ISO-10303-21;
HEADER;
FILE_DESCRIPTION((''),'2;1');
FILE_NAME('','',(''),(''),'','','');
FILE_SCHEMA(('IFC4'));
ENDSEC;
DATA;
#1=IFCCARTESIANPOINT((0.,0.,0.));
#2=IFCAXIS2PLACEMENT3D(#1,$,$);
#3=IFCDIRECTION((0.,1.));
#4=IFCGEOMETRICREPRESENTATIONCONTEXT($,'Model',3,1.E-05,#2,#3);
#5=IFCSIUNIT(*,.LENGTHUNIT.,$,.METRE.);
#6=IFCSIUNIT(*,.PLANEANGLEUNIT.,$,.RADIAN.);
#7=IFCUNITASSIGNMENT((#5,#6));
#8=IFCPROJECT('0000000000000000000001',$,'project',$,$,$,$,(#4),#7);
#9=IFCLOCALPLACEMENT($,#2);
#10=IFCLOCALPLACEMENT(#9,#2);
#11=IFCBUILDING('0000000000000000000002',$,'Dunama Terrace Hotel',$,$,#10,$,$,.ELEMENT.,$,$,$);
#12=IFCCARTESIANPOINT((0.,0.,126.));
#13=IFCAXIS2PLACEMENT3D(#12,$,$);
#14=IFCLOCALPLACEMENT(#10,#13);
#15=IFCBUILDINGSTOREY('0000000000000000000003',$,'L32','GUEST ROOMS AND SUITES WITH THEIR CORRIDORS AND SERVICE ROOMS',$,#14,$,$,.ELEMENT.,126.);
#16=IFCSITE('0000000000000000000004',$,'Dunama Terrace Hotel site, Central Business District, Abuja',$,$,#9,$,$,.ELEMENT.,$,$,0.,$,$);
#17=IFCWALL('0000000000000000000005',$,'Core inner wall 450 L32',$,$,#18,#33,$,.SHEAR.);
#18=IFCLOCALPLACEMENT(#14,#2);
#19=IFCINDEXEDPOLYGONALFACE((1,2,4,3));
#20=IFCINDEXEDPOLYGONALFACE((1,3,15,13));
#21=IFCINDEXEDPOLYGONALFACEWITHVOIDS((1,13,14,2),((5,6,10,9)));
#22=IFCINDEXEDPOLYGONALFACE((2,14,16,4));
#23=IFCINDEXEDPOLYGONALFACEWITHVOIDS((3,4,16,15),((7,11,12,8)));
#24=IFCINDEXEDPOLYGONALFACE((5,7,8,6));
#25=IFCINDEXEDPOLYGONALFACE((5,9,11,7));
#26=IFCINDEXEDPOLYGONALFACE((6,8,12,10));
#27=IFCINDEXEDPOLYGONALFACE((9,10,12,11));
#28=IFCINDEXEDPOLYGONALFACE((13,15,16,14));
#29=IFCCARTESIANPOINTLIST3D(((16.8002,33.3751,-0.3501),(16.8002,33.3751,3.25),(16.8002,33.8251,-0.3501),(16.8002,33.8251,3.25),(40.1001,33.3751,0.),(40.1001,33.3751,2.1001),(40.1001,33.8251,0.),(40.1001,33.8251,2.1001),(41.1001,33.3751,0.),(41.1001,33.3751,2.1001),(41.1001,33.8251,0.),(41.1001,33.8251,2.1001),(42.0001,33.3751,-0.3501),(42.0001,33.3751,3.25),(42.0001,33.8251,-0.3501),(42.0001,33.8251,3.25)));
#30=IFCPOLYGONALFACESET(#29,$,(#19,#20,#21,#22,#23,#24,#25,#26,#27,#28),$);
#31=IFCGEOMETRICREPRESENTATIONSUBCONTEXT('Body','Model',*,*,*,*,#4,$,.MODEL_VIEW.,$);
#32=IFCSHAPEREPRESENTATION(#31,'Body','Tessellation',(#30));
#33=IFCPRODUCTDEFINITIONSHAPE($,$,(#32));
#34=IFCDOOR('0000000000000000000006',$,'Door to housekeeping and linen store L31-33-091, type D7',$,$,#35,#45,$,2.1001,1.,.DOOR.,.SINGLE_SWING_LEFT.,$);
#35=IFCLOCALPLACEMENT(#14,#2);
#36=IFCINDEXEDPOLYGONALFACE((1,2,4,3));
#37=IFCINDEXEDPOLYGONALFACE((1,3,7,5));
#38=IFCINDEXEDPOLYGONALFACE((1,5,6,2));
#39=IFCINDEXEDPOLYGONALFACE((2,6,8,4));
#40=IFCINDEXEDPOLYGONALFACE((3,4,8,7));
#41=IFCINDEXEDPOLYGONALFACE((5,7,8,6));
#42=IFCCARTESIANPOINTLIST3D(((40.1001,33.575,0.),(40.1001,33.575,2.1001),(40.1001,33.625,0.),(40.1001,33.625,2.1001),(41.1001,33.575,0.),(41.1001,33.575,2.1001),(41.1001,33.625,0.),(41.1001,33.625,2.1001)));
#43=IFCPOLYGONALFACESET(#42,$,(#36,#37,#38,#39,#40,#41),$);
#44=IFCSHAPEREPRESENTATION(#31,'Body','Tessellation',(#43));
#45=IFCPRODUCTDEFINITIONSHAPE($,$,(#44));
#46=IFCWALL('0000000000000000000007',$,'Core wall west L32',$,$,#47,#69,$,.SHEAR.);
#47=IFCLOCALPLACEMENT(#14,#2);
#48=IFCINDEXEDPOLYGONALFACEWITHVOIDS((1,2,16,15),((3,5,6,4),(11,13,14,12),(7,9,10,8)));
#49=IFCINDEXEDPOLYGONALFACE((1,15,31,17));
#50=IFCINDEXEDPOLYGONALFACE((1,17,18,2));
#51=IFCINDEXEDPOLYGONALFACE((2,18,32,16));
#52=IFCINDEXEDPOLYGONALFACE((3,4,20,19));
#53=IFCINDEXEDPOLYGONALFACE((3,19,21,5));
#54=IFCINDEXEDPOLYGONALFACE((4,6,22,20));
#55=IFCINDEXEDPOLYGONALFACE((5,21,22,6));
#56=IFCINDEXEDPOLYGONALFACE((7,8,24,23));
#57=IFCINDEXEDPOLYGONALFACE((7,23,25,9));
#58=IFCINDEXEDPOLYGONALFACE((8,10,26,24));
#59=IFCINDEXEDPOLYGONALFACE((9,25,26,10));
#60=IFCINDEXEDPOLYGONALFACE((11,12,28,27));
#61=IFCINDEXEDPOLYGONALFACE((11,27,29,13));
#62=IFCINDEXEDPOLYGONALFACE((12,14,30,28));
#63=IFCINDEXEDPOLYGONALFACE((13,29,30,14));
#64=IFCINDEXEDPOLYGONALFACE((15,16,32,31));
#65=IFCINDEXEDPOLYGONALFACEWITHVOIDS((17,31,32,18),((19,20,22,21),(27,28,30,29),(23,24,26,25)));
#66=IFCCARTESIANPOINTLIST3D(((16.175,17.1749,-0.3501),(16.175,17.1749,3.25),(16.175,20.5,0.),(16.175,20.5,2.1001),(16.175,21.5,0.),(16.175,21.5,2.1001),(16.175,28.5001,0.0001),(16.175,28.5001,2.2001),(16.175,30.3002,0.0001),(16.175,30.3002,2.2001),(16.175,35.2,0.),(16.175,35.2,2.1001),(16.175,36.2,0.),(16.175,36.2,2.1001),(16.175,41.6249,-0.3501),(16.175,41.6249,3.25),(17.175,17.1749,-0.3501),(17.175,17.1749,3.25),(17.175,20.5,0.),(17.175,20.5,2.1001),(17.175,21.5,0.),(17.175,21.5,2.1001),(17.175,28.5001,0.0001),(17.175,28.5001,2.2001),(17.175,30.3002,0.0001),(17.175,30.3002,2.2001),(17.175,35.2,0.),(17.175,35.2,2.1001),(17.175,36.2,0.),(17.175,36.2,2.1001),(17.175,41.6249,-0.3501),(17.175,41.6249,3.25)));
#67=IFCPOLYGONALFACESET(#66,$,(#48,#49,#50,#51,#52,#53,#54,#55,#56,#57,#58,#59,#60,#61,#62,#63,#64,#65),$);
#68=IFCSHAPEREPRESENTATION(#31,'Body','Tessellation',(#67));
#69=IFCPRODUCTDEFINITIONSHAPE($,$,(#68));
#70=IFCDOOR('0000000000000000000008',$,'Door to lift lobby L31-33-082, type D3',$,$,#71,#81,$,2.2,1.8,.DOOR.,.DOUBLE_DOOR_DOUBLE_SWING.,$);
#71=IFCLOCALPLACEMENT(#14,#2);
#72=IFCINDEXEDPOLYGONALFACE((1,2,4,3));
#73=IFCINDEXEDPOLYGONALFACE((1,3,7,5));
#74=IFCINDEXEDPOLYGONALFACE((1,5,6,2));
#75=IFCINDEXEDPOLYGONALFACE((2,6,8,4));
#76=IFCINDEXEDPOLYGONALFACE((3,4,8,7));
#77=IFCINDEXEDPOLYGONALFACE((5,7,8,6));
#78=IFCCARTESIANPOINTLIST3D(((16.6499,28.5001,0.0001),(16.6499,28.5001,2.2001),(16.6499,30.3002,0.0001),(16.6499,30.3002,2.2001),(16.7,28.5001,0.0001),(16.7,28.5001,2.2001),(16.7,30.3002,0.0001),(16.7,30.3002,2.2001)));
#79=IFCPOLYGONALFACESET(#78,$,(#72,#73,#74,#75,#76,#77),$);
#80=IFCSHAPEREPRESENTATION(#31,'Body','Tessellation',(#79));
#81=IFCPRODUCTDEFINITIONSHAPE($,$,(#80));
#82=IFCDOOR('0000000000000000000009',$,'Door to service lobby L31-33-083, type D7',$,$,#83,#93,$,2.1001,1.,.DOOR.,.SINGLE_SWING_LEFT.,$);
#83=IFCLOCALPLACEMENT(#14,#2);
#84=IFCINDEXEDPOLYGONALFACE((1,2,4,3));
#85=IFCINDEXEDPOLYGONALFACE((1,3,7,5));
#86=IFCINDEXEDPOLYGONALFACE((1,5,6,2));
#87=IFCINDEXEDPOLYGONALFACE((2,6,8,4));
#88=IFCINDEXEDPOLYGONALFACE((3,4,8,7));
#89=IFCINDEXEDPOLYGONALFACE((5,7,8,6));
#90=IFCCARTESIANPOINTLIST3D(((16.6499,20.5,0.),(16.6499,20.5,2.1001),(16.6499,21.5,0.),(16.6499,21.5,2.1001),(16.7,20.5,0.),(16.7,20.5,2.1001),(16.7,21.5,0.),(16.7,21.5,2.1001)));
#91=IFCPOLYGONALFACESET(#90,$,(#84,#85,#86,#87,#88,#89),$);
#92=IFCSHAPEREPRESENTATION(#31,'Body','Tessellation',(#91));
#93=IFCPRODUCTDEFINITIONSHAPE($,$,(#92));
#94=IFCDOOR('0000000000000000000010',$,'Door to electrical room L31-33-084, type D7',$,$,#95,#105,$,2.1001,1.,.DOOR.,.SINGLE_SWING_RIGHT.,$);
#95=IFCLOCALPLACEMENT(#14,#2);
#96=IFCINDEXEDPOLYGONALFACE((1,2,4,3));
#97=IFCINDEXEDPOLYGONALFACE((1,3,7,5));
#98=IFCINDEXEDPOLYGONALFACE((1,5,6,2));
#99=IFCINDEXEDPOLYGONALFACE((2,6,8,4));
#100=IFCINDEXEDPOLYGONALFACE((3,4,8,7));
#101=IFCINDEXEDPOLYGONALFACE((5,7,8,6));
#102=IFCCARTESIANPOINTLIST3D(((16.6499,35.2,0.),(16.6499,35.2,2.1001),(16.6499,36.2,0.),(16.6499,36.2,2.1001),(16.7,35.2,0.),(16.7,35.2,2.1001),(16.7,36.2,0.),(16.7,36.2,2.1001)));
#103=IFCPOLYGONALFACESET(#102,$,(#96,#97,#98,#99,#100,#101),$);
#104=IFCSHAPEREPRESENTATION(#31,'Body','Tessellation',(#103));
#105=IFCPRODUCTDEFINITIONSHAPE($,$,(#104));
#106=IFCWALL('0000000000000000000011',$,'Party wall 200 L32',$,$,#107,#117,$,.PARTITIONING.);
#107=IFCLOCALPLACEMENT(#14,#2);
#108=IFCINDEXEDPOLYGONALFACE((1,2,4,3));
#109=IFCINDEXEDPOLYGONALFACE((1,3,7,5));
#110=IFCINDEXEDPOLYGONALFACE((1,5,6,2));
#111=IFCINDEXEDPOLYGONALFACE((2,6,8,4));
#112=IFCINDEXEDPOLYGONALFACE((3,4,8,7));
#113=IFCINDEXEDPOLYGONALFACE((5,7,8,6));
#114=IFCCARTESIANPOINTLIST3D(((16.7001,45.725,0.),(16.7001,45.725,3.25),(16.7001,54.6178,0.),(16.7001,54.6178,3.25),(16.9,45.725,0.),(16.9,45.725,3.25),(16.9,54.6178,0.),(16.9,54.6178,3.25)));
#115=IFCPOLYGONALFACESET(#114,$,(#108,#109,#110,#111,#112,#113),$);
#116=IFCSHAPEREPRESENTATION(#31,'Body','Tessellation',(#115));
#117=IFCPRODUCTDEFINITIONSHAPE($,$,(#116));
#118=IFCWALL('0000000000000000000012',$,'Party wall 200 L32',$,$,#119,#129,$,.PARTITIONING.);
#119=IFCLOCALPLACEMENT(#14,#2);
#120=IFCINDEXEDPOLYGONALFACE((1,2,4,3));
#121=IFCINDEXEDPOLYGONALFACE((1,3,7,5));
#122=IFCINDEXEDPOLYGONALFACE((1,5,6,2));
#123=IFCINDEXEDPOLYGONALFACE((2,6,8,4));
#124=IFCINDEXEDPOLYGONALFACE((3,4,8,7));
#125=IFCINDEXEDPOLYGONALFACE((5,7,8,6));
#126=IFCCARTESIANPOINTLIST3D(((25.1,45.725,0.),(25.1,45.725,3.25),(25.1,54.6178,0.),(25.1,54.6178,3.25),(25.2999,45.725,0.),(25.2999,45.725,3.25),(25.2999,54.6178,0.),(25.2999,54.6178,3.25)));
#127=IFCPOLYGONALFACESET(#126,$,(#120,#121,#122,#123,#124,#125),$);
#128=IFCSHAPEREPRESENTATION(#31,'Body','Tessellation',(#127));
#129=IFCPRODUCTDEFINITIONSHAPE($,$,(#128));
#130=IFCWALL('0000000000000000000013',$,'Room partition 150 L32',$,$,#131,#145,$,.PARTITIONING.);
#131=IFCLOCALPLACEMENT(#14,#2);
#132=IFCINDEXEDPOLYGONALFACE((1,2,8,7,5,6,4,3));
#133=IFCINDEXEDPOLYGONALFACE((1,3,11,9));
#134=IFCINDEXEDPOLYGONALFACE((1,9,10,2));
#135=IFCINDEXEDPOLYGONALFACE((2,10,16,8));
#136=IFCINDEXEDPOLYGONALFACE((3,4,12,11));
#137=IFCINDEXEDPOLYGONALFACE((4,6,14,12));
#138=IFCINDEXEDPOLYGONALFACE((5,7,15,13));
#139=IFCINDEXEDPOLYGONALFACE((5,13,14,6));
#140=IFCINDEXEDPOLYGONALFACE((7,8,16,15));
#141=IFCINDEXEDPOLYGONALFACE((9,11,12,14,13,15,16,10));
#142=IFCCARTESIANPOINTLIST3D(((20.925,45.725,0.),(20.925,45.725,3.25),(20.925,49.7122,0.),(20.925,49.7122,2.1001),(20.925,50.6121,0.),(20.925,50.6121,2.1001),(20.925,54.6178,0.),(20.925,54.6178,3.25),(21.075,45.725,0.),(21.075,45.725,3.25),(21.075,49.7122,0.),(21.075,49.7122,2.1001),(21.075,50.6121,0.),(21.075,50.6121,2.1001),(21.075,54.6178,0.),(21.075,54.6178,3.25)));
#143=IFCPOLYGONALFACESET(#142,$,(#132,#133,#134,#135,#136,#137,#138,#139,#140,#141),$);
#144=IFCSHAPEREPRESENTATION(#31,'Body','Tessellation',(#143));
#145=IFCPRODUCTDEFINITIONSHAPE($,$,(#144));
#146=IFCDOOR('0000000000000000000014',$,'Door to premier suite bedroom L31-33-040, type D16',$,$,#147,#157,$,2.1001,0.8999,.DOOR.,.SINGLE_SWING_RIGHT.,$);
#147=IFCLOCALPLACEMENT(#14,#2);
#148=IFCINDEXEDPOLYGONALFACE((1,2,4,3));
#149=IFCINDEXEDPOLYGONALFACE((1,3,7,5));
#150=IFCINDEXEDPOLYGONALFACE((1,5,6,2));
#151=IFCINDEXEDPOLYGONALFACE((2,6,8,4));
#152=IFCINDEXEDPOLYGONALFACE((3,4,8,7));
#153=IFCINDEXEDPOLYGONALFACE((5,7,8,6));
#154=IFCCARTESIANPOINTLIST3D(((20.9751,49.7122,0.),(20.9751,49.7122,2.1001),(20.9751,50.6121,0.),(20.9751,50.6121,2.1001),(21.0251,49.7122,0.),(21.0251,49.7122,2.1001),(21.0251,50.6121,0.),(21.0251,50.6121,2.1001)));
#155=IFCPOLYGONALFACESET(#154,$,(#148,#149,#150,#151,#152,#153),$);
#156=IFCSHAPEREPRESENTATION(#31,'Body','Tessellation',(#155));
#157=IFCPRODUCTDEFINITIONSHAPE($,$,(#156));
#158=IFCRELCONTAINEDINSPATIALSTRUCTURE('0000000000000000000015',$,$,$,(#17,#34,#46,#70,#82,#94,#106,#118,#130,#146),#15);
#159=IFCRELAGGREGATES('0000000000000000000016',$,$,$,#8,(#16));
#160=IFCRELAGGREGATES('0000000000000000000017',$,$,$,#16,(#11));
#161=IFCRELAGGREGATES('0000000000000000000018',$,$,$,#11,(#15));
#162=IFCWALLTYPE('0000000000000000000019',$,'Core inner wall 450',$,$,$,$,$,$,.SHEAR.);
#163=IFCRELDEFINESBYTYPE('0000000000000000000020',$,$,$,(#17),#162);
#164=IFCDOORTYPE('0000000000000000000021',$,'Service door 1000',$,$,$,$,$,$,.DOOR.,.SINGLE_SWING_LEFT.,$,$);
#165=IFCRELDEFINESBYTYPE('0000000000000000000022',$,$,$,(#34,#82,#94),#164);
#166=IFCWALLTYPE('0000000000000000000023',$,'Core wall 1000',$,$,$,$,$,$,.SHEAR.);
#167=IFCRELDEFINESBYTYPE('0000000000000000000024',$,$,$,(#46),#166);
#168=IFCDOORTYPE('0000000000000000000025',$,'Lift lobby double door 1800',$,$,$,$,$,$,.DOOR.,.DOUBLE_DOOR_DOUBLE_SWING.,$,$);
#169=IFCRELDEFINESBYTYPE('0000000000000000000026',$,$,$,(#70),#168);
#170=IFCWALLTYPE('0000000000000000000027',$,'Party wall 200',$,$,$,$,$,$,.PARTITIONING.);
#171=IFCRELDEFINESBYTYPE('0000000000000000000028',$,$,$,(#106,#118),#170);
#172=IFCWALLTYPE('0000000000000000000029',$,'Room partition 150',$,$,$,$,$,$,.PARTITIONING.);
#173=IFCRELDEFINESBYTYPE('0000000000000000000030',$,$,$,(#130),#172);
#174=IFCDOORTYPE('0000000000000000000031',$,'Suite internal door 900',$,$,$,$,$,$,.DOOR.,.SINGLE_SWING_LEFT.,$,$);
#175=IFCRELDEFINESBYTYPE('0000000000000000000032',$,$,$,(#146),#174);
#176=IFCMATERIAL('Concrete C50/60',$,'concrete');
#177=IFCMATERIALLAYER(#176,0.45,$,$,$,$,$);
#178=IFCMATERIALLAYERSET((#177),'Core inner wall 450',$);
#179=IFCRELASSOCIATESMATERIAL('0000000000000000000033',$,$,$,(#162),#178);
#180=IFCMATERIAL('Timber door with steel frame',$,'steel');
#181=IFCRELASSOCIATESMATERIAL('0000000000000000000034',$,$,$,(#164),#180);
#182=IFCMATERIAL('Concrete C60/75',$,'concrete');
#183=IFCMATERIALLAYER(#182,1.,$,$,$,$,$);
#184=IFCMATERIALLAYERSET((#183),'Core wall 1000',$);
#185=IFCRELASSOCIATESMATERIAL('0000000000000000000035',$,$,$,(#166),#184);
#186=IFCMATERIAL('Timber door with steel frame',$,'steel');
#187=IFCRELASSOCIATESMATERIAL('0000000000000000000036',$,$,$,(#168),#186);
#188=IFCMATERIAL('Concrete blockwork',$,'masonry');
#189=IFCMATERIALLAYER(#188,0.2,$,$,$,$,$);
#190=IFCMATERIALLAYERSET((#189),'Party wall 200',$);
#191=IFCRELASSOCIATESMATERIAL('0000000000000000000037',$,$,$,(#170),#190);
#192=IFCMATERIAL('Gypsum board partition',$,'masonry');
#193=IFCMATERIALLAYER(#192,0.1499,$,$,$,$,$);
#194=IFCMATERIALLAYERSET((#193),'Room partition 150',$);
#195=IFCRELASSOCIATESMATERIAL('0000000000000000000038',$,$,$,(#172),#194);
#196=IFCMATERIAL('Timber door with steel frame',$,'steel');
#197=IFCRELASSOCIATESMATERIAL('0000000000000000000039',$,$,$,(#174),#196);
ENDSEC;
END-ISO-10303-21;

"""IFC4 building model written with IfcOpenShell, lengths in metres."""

from ifc_helpers import new_model, si_unit, direction, frame, frame_2d, origin, place, context, subcontext, project, spatial, rectangle, extrude, material, layer, layer_set, type_object, element, fill, save


model = new_model("IFC4")

# Units and contexts
model_context = context("Model", 3, precision=1e-05, world=origin(), true_north=direction((0.0, 1.0)))
body_context = subcontext(model_context, "Body", "Model", "MODEL_VIEW")
ifc_project = project(units=[si_unit("LENGTHUNIT", "METRE"), si_unit("PLANEANGLEUNIT", "RADIAN")], contexts=[model_context])

# Site, building, storey
site_placement = place(None, origin())
site = spatial("IfcSite", under=ifc_project, at=site_placement, Name="Dunama Terrace Hotel site, Central Business District, Abuja", CompositionType="ELEMENT", RefElevation=0.0)
building_placement = place(site_placement, origin())
building = spatial("IfcBuilding", under=site, at=building_placement, Name="Dunama Terrace Hotel", CompositionType="ELEMENT")
storey_placement = place(building_placement, frame((0.0, 0.0, 126.0)))
storey = spatial("IfcBuildingStorey", under=building, at=storey_placement, Name="L32", Description="GUEST ROOMS AND SUITES WITH THEIR CORRIDORS AND SERVICE ROOMS", CompositionType="ELEMENT", Elevation=126.0)

# Shared definitions
ifc_material_1 = material(Name="Concrete C50/60", Category="concrete")
ifc_layer_1 = layer(ifc_material_1, 0.45)
ifc_layer_set_1 = layer_set([ifc_layer_1], Name="Core inner wall 450")
wall_type_1 = type_object("IfcWallType", Name="Core inner wall 450", PredefinedType="SHEAR", material=ifc_layer_set_1)

# Wall, opening, door
wall_1_placement = place(storey_placement, frame((16.8, 33.6001, -0.3501), z_axis=(0.0, 0.0, 1.0), x_axis=(1.0, 0.0, 0.0)))
wall_1 = element("IfcWall", 1, at=wall_1_placement, inside=storey, type_object=wall_type_1, Name="Core inner wall 450 L32", PredefinedType="SHEAR", context=body_context, shape_type="SweptSolid", body=[
    extrude(rectangle(XDim=25.2, YDim=0.45, at=frame_2d((12.6001, 0.0))), origin(), (0.0, 0.0, 1.0), 3.6001),
])
opening_1_placement = place(wall_1_placement, frame((23.3, 0.0, 0.3501)))
opening_1 = element("IfcOpeningElement", 2, at=opening_1_placement, cuts=wall_1, PredefinedType="OPENING", context=body_context, shape_type="SweptSolid", body=[
    extrude(rectangle(XDim=1.0, YDim=2.1001, at=frame_2d((0.5, 1.05))), frame((0.0, 0.2349, 0.0), z_axis=(0.0, -1.0, 0.0), x_axis=(1.0, 0.0, 0.0)), (0.0, 0.0, 1.0), 0.47),
])
ifc_material_2 = material(Name="Timber door with steel frame", Category="steel")
door_type_1 = type_object("IfcDoorType", Name="Service door 1000", OperationType="SINGLE_SWING_LEFT", PredefinedType="DOOR", material=ifc_material_2)
door_1_placement = place(opening_1_placement, frame((1.0, 0.0, 0.0), z_axis=(0.0, 0.0, 1.0), x_axis=(-1.0, 0.0, 0.0)))
door_1 = element("IfcDoor", 3, at=door_1_placement, inside=storey, type_object=door_type_1, Name="Door to housekeeping and linen store L31-33-091, type D7", OperationType="SINGLE_SWING_LEFT", OverallHeight=2.1001, OverallWidth=1.0, PredefinedType="DOOR", context=body_context, shape_type="SweptSolid", body=[
    extrude(rectangle(XDim=1.0, YDim=2.1001, at=frame_2d((0.5, 1.05))), frame((0.0, 0.0251, 0.0), z_axis=(0.0, -1.0, 0.0), x_axis=(1.0, 0.0, 0.0)), (0.0, 0.0, 1.0), 0.05),
])
fill(opening_1, door_1)

# Wall, openings, doors
ifc_material_3 = material(Name="Concrete C60/75", Category="concrete")
ifc_layer_2 = layer(ifc_material_3, 1.0)
ifc_layer_set_2 = layer_set([ifc_layer_2], Name="Core wall 1000")
wall_type_2 = type_object("IfcWallType", Name="Core wall 1000", PredefinedType="SHEAR", material=ifc_layer_set_2)
wall_2_placement = place(storey_placement, frame((16.675, 41.625, -0.3501), z_axis=(0.0, 0.0, 1.0), x_axis=(0.0, -1.0, 0.0)))
wall_2 = element("IfcWall", 4, at=wall_2_placement, inside=storey, type_object=wall_type_2, Name="Core wall west L32", PredefinedType="SHEAR", context=body_context, shape_type="SweptSolid", body=[
    extrude(rectangle(XDim=24.45, YDim=1.0, at=frame_2d((12.2251, 0.0))), origin(), (0.0, 0.0, 1.0), 3.6001),
])
opening_2_placement = place(wall_2_placement, frame((11.325, 0.0, 0.3501)))
opening_2 = element("IfcOpeningElement", 5, at=opening_2_placement, cuts=wall_2, PredefinedType="OPENING", context=body_context, shape_type="SweptSolid", body=[
    extrude(rectangle(XDim=1.8, YDim=2.2, at=frame_2d((0.8999, 1.1001))), frame((0.0, 0.51, 0.0), z_axis=(0.0, -1.0, 0.0), x_axis=(1.0, 0.0, 0.0)), (0.0, 0.0, 1.0), 1.02),
])
opening_3_placement = place(wall_2_placement, frame((20.125, 0.0, 0.3501)))
opening_3 = element("IfcOpeningElement", 6, at=opening_3_placement, cuts=wall_2, PredefinedType="OPENING", context=body_context, shape_type="SweptSolid", body=[
    extrude(rectangle(XDim=1.0, YDim=2.1001, at=frame_2d((0.5, 1.05))), frame((0.0, 0.51, 0.0), z_axis=(0.0, -1.0, 0.0), x_axis=(1.0, 0.0, 0.0)), (0.0, 0.0, 1.0), 1.02),
])
opening_4_placement = place(wall_2_placement, frame((5.425, 0.0, 0.3501)))
opening_4 = element("IfcOpeningElement", 7, at=opening_4_placement, cuts=wall_2, PredefinedType="OPENING", context=body_context, shape_type="SweptSolid", body=[
    extrude(rectangle(XDim=1.0, YDim=2.1001, at=frame_2d((0.5, 1.05))), frame((0.0, 0.51, 0.0), z_axis=(0.0, -1.0, 0.0), x_axis=(1.0, 0.0, 0.0)), (0.0, 0.0, 1.0), 1.02),
])
ifc_material_4 = material(Name="Timber door with steel frame", Category="steel")
door_type_2 = type_object("IfcDoorType", Name="Lift lobby double door 1800", OperationType="DOUBLE_DOOR_DOUBLE_SWING", PredefinedType="DOOR", material=ifc_material_4)
door_2_placement = place(opening_2_placement, origin())
door_2 = element("IfcDoor", 8, at=door_2_placement, inside=storey, type_object=door_type_2, Name="Door to lift lobby L31-33-082, type D3", OperationType="DOUBLE_DOOR_DOUBLE_SWING", OverallHeight=2.2, OverallWidth=1.8, PredefinedType="DOOR", context=body_context, shape_type="SweptSolid", body=[
    extrude(rectangle(XDim=1.8, YDim=2.2, at=frame_2d((0.8999, 1.1001))), frame((0.0, 0.0249, 0.0), z_axis=(0.0, -1.0, 0.0), x_axis=(1.0, 0.0, 0.0)), (0.0, 0.0, 1.0), 0.05),
])
fill(opening_2, door_2)
door_3_placement = place(opening_3_placement, origin())
door_3 = element("IfcDoor", 9, at=door_3_placement, inside=storey, type_object=door_type_1, Name="Door to service lobby L31-33-083, type D7", OperationType="SINGLE_SWING_LEFT", OverallHeight=2.1001, OverallWidth=1.0, PredefinedType="DOOR", context=body_context, shape_type="SweptSolid", body=[
    extrude(rectangle(XDim=1.0, YDim=2.1001, at=frame_2d((0.5, 1.05))), frame((0.0, 0.0249, 0.0), z_axis=(0.0, -1.0, 0.0), x_axis=(1.0, 0.0, 0.0)), (0.0, 0.0, 1.0), 0.05),
])
fill(opening_3, door_3)
door_4_placement = place(opening_4_placement, origin())
door_4 = element("IfcDoor", 10, at=door_4_placement, inside=storey, type_object=door_type_1, Name="Door to electrical room L31-33-084, type D7", OperationType="SINGLE_SWING_RIGHT", OverallHeight=2.1001, OverallWidth=1.0, PredefinedType="DOOR", context=body_context, shape_type="SweptSolid", body=[
    extrude(rectangle(XDim=1.0, YDim=2.1001, at=frame_2d((0.5, 1.05))), frame((0.0, 0.0249, 0.0), z_axis=(0.0, -1.0, 0.0), x_axis=(1.0, 0.0, 0.0)), (0.0, 0.0, 1.0), 0.05),
])
fill(opening_4, door_4)

# Walls
ifc_material_5 = material(Name="Concrete blockwork", Category="masonry")
ifc_layer_3 = layer(ifc_material_5, 0.2)
ifc_layer_set_3 = layer_set([ifc_layer_3], Name="Party wall 200")
wall_type_3 = type_object("IfcWallType", Name="Party wall 200", PredefinedType="PARTITIONING", material=ifc_layer_set_3)
for number, where, z_axis, x_axis, name in (
    (11, (16.8, 45.7251, 0.0), (0.0, 0.0, 1.0), (0.0, 1.0, 0.0), "Party wall 200 L32"),
    (12, (25.2, 45.7251, 0.0), (0.0, 0.0, 1.0), (0.0, 1.0, 0.0), "Party wall 200 L32"),
):
    element("IfcWall", number, at=place(storey_placement, frame(where, z_axis=z_axis, x_axis=x_axis)), inside=storey, type_object=wall_type_3, Name=name, PredefinedType="PARTITIONING", context=body_context, shape_type="SweptSolid", body=[
        extrude(rectangle(XDim=8.8928, YDim=0.2, at=frame_2d((4.4463, 0.0))), origin(), (0.0, 0.0, 1.0), 3.25),
    ])

# Wall, opening, door
ifc_material_6 = material(Name="Gypsum board partition", Category="masonry")
ifc_layer_4 = layer(ifc_material_6, 0.1499)
ifc_layer_set_4 = layer_set([ifc_layer_4], Name="Room partition 150")
wall_type_4 = type_object("IfcWallType", Name="Room partition 150", PredefinedType="PARTITIONING", material=ifc_layer_set_4)
wall_3_placement = place(storey_placement, frame((21.0, 45.7251, 0.0), z_axis=(0.0, 0.0, 1.0), x_axis=(0.0, 1.0, 0.0)))
wall_3 = element("IfcWall", 13, at=wall_3_placement, inside=storey, type_object=wall_type_4, Name="Room partition 150 L32", PredefinedType="PARTITIONING", context=body_context, shape_type="SweptSolid", body=[
    extrude(rectangle(XDim=8.8928, YDim=0.1499, at=frame_2d((4.4463, 0.0))), origin(), (0.0, 0.0, 1.0), 3.25),
])
opening_5_placement = place(wall_3_placement, frame((3.9871, 0.0, 0.0)))
opening_5 = element("IfcOpeningElement", 14, at=opening_5_placement, cuts=wall_3, PredefinedType="OPENING", context=body_context, shape_type="SweptSolid", body=[
    extrude(rectangle(XDim=0.8999, YDim=2.1001, at=frame_2d((0.45, 1.05))), frame((0.0, 0.085, 0.0), z_axis=(0.0, -1.0, 0.0), x_axis=(1.0, 0.0, 0.0)), (0.0, 0.0, 1.0), 0.1699),
])
ifc_material_7 = material(Name="Timber door with steel frame", Category="steel")
door_type_3 = type_object("IfcDoorType", Name="Suite internal door 900", OperationType="SINGLE_SWING_LEFT", PredefinedType="DOOR", material=ifc_material_7)
door_5_placement = place(opening_5_placement, frame((0.8999, 0.0, 0.0), z_axis=(0.0, 0.0, 1.0), x_axis=(-1.0, 0.0, 0.0)))
door_5 = element("IfcDoor", 15, at=door_5_placement, inside=storey, type_object=door_type_3, Name="Door to premier suite bedroom L31-33-040, type D16", OperationType="SINGLE_SWING_RIGHT", OverallHeight=2.1001, OverallWidth=0.8999, PredefinedType="DOOR", context=body_context, shape_type="SweptSolid", body=[
    extrude(rectangle(XDim=0.8999, YDim=2.1001, at=frame_2d((0.45, 1.05))), frame((0.0, 0.0251, 0.0), z_axis=(0.0, -1.0, 0.0), x_axis=(1.0, 0.0, 0.0)), (0.0, 0.0, 1.0), 0.05),
])
fill(opening_5, door_5)

save(model, "model.ifc")
